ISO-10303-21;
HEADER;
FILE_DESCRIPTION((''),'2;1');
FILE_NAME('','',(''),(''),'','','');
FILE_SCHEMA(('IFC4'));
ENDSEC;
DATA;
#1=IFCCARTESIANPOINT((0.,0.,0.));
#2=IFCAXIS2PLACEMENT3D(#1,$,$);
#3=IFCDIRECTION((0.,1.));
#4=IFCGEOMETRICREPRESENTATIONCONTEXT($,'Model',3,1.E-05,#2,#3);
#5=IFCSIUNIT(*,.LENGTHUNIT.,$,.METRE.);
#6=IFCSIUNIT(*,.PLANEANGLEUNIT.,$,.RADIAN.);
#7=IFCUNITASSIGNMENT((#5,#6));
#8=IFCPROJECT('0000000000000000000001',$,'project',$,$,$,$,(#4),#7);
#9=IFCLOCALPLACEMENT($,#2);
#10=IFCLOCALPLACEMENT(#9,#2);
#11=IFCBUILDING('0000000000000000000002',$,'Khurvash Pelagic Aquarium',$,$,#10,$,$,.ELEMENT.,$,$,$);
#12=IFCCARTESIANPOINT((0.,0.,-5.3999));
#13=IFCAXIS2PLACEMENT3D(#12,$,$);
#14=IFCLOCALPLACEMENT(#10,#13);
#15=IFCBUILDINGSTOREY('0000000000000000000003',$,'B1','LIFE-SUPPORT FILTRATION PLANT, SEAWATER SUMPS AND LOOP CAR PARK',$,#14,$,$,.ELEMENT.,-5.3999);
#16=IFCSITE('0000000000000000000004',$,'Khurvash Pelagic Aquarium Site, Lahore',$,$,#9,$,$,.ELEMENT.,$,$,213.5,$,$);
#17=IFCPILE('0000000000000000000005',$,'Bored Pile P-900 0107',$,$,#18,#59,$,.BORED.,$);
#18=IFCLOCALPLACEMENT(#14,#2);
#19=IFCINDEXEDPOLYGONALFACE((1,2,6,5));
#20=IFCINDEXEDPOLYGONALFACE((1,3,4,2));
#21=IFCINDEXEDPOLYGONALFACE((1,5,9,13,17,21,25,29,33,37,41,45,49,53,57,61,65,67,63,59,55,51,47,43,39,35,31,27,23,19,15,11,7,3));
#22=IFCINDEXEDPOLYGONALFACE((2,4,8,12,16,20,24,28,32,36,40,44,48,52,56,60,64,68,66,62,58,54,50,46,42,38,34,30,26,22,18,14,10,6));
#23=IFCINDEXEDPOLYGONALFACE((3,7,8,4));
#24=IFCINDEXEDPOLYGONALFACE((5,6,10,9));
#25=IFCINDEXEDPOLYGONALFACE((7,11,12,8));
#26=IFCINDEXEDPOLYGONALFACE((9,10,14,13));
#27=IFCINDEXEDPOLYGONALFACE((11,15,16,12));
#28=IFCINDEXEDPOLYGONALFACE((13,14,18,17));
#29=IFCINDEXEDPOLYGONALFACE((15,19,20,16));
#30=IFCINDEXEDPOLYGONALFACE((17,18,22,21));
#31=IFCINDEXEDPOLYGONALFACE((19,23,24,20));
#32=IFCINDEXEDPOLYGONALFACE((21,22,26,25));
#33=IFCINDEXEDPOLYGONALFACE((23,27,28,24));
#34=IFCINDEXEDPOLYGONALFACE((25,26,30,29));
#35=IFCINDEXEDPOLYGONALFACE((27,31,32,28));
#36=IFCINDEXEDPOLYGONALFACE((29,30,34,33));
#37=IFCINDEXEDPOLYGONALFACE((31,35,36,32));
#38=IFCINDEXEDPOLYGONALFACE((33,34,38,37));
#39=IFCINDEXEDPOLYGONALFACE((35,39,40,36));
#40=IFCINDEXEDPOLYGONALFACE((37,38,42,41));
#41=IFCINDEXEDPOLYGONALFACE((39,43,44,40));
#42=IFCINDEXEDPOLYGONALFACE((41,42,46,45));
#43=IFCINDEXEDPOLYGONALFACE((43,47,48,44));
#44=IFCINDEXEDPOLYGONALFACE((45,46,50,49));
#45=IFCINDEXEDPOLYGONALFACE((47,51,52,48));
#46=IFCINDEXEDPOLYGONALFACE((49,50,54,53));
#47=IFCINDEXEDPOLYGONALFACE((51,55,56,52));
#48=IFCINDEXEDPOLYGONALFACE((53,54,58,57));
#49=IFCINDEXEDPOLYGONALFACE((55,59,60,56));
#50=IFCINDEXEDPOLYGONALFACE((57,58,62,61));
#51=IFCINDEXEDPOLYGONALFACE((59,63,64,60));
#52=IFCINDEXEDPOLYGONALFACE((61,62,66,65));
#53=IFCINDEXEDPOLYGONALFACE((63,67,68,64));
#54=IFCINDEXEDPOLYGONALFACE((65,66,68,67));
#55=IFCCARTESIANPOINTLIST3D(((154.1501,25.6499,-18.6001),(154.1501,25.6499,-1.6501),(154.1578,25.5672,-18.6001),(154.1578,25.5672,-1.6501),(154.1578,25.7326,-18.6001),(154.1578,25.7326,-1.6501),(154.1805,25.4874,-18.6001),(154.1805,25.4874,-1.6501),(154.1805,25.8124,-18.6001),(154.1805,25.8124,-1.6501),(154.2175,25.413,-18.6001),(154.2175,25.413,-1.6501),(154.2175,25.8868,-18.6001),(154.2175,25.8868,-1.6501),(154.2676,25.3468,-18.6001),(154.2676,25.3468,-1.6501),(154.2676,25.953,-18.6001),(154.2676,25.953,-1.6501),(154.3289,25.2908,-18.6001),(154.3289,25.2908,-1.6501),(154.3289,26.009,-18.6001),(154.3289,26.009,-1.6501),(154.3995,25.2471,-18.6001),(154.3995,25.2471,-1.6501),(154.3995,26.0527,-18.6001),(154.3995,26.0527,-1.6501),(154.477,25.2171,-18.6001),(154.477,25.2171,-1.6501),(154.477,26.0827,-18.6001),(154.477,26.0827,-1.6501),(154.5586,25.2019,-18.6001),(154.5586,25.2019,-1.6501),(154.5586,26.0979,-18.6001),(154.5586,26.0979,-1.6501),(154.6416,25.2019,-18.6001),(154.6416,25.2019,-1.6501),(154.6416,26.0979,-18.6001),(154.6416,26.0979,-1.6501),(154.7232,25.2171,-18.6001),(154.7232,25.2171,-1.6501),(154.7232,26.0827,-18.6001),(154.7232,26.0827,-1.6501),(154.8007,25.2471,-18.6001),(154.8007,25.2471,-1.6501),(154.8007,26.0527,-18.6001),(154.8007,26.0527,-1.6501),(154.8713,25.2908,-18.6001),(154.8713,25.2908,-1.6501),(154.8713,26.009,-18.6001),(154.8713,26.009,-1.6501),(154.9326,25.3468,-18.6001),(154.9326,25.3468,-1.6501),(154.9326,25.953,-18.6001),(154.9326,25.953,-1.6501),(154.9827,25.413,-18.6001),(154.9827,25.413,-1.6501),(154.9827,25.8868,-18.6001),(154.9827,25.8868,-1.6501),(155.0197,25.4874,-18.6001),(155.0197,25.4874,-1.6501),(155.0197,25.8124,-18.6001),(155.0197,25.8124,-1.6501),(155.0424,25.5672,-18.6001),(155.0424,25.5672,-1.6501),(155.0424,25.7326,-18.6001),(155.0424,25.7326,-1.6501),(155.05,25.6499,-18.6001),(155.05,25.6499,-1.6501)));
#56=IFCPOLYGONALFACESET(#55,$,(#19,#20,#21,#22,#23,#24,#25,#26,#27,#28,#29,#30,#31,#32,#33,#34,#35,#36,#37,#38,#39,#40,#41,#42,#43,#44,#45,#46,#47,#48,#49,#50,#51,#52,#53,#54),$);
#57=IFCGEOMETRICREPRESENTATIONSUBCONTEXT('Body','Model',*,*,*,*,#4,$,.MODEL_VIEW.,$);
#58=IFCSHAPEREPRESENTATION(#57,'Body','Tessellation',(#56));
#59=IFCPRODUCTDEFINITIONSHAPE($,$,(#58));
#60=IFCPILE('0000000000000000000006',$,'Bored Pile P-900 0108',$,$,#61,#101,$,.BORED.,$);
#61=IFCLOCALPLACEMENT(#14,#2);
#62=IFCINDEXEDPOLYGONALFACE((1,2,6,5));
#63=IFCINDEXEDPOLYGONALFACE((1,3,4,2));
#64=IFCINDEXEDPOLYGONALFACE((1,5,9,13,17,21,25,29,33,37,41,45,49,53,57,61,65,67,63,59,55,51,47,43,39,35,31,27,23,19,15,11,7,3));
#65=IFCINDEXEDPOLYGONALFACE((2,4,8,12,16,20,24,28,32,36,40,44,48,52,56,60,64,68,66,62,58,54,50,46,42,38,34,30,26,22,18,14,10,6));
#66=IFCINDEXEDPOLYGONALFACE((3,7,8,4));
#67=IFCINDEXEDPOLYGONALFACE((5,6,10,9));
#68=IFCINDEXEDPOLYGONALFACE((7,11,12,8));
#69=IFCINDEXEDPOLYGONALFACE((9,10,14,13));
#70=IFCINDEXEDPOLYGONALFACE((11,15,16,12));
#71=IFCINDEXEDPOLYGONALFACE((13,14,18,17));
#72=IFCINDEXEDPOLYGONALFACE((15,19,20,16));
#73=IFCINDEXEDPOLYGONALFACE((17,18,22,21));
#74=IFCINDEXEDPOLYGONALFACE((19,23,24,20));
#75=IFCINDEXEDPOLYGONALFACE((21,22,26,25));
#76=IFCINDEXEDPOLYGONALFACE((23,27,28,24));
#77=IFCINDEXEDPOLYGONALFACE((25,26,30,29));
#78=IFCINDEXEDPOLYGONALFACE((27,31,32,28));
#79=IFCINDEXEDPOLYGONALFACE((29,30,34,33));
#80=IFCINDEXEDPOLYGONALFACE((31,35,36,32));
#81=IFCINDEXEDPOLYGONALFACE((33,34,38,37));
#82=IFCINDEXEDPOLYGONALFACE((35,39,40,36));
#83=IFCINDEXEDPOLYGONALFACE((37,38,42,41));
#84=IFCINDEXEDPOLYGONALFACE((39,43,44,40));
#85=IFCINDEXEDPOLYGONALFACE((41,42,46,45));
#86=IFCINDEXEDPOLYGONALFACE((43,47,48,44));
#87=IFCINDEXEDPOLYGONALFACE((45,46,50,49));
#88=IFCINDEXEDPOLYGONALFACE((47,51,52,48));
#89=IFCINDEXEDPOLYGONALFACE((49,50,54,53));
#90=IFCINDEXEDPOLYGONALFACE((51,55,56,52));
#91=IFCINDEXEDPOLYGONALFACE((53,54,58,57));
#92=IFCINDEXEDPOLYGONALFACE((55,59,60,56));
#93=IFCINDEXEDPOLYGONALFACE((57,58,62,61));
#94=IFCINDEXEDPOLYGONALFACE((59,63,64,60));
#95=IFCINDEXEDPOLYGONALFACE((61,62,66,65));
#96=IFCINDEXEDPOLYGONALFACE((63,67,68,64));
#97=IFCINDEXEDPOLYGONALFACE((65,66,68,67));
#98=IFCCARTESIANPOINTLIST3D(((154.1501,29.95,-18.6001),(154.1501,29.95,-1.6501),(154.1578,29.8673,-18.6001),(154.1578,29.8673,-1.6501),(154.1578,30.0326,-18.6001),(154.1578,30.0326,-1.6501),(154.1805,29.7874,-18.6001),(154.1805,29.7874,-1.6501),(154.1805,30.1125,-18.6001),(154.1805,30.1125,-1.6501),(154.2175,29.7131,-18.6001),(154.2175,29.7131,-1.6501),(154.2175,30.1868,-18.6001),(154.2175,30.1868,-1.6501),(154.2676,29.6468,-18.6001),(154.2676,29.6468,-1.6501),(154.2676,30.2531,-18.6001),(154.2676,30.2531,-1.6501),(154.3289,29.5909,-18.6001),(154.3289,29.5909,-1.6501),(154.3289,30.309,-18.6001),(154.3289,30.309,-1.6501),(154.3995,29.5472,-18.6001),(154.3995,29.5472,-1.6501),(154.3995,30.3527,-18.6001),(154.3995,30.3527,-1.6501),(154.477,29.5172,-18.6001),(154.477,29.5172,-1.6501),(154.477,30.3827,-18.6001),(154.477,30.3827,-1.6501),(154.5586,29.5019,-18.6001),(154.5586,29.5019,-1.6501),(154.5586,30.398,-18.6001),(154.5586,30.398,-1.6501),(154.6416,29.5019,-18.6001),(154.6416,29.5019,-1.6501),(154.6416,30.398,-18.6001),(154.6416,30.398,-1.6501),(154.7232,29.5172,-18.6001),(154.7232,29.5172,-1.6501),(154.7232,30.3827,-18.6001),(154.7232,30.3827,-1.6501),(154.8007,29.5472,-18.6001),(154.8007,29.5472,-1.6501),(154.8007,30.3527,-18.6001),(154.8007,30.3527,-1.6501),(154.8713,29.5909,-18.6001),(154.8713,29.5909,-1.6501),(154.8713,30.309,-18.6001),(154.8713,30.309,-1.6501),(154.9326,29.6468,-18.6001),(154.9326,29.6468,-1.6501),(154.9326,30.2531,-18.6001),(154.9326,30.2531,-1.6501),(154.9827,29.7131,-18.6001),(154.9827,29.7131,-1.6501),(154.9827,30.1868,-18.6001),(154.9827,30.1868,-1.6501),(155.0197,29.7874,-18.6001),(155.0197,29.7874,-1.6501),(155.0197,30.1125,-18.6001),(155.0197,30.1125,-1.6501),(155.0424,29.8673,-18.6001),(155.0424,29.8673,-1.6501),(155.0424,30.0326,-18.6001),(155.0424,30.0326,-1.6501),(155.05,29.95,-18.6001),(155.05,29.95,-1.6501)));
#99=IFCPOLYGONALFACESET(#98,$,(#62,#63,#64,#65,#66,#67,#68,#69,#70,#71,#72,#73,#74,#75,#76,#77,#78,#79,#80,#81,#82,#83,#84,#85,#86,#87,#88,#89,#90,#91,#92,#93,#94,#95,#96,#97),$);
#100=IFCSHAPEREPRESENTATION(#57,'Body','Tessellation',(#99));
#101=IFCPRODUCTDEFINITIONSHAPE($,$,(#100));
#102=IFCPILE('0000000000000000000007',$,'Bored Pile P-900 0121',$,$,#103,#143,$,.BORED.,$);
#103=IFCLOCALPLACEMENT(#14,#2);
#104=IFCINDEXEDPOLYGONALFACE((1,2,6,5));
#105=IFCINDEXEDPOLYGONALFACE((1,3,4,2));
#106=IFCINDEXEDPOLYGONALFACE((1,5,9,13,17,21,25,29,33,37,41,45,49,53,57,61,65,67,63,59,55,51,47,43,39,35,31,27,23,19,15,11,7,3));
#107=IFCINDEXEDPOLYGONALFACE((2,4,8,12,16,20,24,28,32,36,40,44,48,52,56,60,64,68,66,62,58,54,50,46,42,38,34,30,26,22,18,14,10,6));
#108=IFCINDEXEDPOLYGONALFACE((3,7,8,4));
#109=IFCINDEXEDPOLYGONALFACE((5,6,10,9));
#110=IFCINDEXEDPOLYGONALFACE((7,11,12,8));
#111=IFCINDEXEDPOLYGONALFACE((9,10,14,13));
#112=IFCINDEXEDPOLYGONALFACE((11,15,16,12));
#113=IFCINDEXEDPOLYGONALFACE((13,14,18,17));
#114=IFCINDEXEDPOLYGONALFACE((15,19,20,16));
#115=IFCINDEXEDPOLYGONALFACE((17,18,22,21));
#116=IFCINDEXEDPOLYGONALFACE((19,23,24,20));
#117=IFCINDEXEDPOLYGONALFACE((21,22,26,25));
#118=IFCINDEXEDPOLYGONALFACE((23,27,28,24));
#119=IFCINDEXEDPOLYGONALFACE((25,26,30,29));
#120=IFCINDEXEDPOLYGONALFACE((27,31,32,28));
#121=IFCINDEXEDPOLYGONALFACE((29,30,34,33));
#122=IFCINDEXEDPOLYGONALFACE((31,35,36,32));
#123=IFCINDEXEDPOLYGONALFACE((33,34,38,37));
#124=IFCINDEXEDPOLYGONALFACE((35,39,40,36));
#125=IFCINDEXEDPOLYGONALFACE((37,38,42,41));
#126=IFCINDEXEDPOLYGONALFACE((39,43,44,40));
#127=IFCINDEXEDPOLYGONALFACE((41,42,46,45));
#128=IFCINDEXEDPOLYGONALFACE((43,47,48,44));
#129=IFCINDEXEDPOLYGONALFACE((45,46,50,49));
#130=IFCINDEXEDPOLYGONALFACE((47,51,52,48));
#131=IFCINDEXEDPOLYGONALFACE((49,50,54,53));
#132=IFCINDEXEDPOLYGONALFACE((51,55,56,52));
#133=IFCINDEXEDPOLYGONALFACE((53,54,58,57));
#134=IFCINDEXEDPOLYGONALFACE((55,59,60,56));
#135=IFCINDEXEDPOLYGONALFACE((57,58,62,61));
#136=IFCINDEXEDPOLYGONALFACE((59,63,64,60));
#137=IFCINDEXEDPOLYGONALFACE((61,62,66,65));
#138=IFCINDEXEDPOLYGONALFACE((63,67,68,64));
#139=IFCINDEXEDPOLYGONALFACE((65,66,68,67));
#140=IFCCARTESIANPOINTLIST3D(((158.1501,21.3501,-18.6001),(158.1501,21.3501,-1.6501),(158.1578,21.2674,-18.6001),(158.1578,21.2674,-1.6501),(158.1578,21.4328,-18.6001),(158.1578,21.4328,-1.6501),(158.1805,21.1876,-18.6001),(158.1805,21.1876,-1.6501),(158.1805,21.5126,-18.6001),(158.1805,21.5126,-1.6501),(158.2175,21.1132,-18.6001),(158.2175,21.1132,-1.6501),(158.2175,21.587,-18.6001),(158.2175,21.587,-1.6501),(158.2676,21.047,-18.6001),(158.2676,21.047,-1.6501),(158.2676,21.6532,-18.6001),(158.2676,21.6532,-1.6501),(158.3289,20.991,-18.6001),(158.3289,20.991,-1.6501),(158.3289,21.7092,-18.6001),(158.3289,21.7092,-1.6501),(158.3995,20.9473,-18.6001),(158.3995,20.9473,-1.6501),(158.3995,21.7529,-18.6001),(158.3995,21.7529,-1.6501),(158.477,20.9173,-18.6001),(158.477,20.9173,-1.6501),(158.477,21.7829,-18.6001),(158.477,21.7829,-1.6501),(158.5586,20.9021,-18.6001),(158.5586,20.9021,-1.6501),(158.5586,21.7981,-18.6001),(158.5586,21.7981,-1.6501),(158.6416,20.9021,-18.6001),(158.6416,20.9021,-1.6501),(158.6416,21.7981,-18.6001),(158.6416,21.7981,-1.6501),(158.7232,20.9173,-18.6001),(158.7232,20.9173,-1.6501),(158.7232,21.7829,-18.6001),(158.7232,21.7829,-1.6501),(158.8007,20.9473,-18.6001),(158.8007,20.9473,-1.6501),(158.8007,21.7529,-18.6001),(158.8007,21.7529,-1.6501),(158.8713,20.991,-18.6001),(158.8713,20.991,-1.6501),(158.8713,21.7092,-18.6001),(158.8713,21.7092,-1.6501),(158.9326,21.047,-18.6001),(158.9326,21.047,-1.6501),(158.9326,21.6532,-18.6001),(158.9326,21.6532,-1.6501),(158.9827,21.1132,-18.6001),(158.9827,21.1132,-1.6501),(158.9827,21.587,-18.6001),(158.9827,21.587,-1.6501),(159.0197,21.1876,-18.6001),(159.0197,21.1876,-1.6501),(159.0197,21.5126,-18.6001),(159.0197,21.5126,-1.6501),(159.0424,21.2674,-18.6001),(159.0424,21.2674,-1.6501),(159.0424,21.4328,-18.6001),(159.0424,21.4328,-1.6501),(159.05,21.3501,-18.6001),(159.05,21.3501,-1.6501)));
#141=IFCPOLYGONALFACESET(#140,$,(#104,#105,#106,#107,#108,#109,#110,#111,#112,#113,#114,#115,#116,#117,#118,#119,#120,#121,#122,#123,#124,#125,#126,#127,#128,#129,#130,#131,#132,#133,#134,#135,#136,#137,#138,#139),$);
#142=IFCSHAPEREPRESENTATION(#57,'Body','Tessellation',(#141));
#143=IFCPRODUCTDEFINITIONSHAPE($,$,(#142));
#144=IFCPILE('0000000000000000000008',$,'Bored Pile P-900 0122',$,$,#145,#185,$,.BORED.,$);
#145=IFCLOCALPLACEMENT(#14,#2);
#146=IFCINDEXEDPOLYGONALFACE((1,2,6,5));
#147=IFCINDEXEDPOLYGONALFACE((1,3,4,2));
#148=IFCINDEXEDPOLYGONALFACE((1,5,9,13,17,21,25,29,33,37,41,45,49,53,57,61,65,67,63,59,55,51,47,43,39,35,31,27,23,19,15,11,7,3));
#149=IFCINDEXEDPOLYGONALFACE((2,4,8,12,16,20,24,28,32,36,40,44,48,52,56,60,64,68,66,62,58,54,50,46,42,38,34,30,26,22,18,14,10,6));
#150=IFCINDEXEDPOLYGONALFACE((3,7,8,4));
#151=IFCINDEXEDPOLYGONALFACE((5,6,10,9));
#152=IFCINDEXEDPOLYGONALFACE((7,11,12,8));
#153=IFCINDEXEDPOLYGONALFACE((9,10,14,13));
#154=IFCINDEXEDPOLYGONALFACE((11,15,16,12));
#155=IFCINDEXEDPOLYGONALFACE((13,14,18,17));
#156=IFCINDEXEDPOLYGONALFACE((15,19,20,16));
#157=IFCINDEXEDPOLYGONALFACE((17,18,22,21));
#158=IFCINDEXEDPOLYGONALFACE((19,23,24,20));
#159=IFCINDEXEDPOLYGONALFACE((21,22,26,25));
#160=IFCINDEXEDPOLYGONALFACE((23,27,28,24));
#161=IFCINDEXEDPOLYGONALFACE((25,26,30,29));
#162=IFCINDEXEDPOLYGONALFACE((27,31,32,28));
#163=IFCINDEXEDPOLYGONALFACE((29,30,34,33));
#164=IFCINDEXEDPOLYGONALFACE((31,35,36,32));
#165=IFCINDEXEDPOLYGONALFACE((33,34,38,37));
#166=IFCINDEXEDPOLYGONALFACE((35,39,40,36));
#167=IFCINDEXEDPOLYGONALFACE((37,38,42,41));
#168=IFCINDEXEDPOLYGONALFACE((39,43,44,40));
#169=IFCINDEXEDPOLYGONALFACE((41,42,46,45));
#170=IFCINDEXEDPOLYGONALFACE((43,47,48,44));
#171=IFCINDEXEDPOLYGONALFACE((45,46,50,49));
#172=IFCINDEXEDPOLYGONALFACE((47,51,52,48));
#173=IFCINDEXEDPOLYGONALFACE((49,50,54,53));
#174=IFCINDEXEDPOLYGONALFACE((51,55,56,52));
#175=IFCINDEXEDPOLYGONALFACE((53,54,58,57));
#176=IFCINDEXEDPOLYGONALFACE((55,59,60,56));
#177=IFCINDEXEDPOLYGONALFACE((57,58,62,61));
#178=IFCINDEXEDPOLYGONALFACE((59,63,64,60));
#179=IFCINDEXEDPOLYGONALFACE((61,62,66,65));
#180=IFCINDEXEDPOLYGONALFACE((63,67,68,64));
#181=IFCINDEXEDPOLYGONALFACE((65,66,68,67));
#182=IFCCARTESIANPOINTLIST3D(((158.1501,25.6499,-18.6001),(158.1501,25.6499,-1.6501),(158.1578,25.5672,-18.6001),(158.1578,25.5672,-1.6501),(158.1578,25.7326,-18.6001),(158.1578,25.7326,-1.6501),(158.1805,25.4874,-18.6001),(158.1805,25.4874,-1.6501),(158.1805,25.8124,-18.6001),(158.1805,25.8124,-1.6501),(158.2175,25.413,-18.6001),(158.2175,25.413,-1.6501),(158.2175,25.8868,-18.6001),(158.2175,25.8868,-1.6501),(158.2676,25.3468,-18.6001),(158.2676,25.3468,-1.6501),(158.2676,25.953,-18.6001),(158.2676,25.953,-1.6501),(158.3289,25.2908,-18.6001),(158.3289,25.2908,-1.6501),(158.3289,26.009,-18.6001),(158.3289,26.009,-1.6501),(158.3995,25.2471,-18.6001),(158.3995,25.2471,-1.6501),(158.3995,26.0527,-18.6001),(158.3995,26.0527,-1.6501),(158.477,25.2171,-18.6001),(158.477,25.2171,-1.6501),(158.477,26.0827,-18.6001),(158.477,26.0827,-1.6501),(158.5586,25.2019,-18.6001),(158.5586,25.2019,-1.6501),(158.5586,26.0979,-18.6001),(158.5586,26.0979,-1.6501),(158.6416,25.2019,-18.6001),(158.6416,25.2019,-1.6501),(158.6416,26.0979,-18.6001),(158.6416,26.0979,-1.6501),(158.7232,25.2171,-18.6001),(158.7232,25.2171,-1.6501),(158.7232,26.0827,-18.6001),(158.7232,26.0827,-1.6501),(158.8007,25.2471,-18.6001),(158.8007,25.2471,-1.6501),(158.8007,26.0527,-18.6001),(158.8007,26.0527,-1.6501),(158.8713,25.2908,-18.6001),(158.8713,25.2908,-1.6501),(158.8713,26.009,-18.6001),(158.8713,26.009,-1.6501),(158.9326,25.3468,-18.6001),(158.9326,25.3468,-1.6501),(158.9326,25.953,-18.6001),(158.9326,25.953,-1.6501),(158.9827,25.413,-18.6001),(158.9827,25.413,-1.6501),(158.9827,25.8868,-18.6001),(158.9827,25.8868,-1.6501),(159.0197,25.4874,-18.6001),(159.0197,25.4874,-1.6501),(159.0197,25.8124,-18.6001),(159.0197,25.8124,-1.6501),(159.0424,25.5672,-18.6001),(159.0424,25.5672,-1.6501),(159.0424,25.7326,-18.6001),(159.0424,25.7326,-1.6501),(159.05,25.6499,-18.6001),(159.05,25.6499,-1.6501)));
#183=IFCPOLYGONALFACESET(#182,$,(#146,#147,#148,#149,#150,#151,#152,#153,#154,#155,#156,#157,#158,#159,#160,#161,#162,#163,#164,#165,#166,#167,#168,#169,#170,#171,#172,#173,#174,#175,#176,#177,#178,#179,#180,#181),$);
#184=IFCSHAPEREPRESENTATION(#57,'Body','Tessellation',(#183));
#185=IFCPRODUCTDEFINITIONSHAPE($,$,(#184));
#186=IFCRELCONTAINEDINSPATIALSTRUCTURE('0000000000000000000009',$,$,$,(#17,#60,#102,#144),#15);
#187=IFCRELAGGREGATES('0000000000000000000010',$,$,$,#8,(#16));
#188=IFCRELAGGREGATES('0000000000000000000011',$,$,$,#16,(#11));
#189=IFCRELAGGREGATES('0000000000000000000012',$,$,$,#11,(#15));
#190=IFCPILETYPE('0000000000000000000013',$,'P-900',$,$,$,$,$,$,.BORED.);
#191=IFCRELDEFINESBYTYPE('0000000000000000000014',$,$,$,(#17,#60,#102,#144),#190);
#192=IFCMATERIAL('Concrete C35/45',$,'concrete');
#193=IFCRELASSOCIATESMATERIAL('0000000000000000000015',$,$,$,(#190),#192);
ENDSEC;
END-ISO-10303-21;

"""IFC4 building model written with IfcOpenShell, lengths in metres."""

from ifc_helpers import new_model, si_unit, direction, frame, origin, origin_2d, place, context, subcontext, project, spatial, circle, extrude, material, material_profile, profile_set, type_object, element, save


model = new_model("IFC4")

# Units and contexts
model_context = context("Model", 3, precision=1e-05, world=origin(), true_north=direction((0.0, 1.0)))
body_context = subcontext(model_context, "Body", "Model", "MODEL_VIEW")
ifc_project = project(units=[si_unit("LENGTHUNIT", "METRE"), si_unit("PLANEANGLEUNIT", "RADIAN")], contexts=[model_context])

# Site, building, storey
site_placement = place(None, origin())
site = spatial("IfcSite", under=ifc_project, at=site_placement, Name="Khurvash Pelagic Aquarium Site, Lahore", CompositionType="ELEMENT", RefElevation=213.5)
building_placement = place(site_placement, origin())
building = spatial("IfcBuilding", under=site, at=building_placement, Name="Khurvash Pelagic Aquarium", CompositionType="ELEMENT")
storey_placement = place(building_placement, frame((0.0, 0.0, -5.3999)))
storey = spatial("IfcBuildingStorey", under=building, at=storey_placement, Name="B1", Description="LIFE-SUPPORT FILTRATION PLANT, SEAWATER SUMPS AND LOOP CAR PARK", CompositionType="ELEMENT", Elevation=-5.3999)

# Piles
ifc_material_1 = material(Name="Concrete C35/45", Category="concrete")
ifc_material_profile_1 = material_profile(ifc_material_1, circle(Radius=0.45, at=origin_2d()), Name="PILE900")
ifc_profile_set_1 = profile_set([ifc_material_profile_1], Name="Concrete C35/45")
pile_type = type_object("IfcPileType", Name="P-900", PredefinedType="BORED", material=ifc_profile_set_1)
for number, where, z_axis, x_axis, name in (
    (1, (154.6001, 25.6499, -1.6501), (0.0, 0.0, -1.0), (1.0, 0.0, 0.0), "Bored Pile P-900 0107"),
    (2, (154.6001, 29.95, -1.6501), (0.0, 0.0, -1.0), (1.0, 0.0, 0.0), "Bored Pile P-900 0108"),
    (3, (158.6001, 21.3501, -1.6501), (0.0, 0.0, -1.0), (1.0, 0.0, 0.0), "Bored Pile P-900 0121"),
    (4, (158.6001, 25.6499, -1.6501), (0.0, 0.0, -1.0), (1.0, 0.0, 0.0), "Bored Pile P-900 0122"),
):
    element("IfcPile", number, at=place(storey_placement, frame(where, z_axis=z_axis, x_axis=x_axis)), inside=storey, type_object=pile_type, Name=name, PredefinedType="BORED", context=body_context, shape_type="SweptSolid", body=[
        extrude(circle(Radius=0.45, at=origin_2d()), origin(), (0.0, 0.0, 1.0), 16.95),
    ])

save(model, "model.ifc")
